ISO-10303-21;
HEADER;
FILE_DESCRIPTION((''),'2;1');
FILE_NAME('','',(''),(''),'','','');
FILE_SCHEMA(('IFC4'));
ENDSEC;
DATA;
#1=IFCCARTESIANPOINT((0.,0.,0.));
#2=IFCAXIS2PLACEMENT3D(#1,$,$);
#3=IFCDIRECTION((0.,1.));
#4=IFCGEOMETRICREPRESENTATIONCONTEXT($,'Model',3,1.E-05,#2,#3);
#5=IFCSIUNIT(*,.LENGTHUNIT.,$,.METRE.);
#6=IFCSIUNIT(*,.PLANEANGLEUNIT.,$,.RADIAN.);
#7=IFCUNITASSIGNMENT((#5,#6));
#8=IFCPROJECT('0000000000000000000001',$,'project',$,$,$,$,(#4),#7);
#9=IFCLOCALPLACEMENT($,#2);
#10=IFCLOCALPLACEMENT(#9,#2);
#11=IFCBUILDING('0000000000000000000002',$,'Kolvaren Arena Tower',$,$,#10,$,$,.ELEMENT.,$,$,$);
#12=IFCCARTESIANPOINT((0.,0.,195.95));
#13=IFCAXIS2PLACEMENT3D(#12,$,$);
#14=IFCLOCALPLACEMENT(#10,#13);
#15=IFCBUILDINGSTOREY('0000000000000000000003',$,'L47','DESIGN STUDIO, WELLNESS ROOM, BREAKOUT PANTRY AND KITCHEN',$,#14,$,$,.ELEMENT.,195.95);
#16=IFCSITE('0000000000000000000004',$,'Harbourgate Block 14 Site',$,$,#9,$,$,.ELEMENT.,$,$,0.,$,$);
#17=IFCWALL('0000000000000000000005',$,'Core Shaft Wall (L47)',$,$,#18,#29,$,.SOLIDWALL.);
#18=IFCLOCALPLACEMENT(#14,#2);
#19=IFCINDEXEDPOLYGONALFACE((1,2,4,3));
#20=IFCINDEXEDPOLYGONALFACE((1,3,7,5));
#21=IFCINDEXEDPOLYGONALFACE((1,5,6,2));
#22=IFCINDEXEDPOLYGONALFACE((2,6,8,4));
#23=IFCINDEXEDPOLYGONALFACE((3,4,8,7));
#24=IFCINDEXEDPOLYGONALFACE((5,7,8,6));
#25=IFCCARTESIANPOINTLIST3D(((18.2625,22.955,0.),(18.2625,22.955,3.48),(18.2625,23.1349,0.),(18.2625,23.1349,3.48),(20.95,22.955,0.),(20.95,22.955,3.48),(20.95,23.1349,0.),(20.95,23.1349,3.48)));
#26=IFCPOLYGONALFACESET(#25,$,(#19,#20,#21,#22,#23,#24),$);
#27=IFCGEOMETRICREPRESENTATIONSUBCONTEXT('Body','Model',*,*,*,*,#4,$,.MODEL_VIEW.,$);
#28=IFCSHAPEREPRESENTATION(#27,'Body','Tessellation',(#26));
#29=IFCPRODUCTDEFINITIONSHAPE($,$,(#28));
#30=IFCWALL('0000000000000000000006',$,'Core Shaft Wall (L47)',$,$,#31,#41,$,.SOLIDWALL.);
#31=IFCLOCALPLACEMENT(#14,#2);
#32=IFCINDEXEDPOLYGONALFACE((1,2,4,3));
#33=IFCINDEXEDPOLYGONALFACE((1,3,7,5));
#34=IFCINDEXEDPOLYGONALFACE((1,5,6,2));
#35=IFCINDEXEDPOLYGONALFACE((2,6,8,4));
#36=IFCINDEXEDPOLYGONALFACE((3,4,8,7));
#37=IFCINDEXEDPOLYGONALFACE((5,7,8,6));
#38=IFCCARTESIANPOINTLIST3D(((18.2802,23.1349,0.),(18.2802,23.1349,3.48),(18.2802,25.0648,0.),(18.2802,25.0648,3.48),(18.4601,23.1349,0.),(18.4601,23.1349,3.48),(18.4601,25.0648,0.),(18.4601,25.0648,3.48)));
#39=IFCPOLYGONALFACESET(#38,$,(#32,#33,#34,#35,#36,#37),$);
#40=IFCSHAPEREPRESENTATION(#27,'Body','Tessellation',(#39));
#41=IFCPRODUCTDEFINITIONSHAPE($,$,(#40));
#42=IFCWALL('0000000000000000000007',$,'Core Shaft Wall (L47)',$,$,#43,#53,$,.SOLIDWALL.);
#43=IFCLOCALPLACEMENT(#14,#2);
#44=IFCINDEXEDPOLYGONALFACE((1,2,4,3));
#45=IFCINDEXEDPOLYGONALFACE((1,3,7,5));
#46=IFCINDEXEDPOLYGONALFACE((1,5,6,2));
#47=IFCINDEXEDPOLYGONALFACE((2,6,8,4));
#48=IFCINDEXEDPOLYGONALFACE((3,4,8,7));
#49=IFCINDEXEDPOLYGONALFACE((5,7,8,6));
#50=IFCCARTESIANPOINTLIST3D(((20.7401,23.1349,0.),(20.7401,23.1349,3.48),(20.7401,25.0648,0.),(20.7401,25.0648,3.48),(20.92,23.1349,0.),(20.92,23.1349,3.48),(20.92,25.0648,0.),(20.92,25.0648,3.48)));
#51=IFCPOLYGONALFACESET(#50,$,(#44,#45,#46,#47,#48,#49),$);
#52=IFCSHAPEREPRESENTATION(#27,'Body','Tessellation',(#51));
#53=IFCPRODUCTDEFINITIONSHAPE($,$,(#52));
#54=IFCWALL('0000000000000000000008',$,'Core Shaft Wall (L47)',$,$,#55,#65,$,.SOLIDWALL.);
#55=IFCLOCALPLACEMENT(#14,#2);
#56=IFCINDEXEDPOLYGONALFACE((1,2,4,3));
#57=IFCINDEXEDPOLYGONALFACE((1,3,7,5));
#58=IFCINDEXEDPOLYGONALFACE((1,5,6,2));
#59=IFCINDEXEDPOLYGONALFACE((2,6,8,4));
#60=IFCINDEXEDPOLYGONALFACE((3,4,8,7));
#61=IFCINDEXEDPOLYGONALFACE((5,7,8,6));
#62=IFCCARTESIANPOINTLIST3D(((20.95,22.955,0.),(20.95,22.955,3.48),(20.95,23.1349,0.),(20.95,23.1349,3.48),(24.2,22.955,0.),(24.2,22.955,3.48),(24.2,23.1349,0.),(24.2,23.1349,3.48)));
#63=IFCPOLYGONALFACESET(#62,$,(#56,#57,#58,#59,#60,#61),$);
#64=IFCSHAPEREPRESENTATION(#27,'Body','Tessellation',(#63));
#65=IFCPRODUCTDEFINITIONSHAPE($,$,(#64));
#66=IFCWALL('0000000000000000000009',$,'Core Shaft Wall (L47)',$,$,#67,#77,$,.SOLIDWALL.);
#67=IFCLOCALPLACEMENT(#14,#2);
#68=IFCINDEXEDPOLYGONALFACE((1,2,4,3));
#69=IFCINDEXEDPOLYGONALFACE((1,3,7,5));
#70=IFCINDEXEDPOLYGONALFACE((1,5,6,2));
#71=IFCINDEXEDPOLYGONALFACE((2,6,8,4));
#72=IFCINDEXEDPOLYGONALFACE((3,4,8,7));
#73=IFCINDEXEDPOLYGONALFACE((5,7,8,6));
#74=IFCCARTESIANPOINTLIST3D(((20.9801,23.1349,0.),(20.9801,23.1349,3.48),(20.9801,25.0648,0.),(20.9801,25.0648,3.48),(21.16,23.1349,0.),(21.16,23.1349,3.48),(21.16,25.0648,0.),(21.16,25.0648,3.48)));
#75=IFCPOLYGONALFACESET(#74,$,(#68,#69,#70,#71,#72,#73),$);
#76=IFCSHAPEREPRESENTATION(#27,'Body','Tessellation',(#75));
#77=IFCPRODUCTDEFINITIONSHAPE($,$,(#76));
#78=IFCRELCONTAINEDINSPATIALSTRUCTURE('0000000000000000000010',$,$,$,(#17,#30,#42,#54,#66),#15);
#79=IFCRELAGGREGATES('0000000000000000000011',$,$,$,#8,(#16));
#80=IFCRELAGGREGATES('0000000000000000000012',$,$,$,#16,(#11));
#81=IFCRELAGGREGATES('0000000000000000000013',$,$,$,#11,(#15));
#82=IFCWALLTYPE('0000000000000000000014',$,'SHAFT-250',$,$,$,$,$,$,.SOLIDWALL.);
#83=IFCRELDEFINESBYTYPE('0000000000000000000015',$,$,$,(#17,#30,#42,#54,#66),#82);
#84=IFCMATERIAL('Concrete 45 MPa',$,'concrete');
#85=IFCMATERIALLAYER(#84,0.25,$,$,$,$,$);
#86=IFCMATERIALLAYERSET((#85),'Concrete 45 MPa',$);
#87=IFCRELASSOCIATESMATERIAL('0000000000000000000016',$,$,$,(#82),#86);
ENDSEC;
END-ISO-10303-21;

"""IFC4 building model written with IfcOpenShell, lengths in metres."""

from ifc_helpers import new_model, si_unit, direction, frame, frame_2d, origin, place, context, subcontext, project, spatial, rectangle, extrude, material, layer, layer_set, type_object, element, save


model = new_model("IFC4")

# Units and contexts
model_context = context("Model", 3, precision=1e-05, world=origin(), true_north=direction((0.0, 1.0)))
body_context = subcontext(model_context, "Body", "Model", "MODEL_VIEW")
ifc_project = project(units=[si_unit("LENGTHUNIT", "METRE"), si_unit("PLANEANGLEUNIT", "RADIAN")], contexts=[model_context])

# Site, building, storey
site_placement = place(None, origin())
site = spatial("IfcSite", under=ifc_project, at=site_placement, Name="Harbourgate Block 14 Site", CompositionType="ELEMENT", RefElevation=0.0)
building_placement = place(site_placement, origin())
building = spatial("IfcBuilding", under=site, at=building_placement, Name="Kolvaren Arena Tower", CompositionType="ELEMENT")
storey_placement = place(building_placement, frame((0.0, 0.0, 195.95)))
storey = spatial("IfcBuildingStorey", under=building, at=storey_placement, Name="L47", Description="DESIGN STUDIO, WELLNESS ROOM, BREAKOUT PANTRY AND KITCHEN", CompositionType="ELEMENT", Elevation=195.95)

# Shared definitions
ifc_material_1 = material(Name="Concrete 45 MPa", Category="concrete")
ifc_layer_1 = layer(ifc_material_1, 0.25)
ifc_layer_set_1 = layer_set([ifc_layer_1], Name="Concrete 45 MPa")
wall_type_1 = type_object("IfcWallType", Name="SHAFT-250", PredefinedType="SOLIDWALL", material=ifc_layer_set_1)

# Walls
wall_1_placement = place(storey_placement, frame((18.2625, 23.0449, 0.0), z_axis=(0.0, 0.0, 1.0), x_axis=(1.0, 0.0, 0.0)))
element("IfcWall", 1, at=wall_1_placement, inside=storey, type_object=wall_type_1, Name="Core Shaft Wall (L47)", PredefinedType="SOLIDWALL", context=body_context, shape_type="SweptSolid", body=[
    extrude(rectangle(XDim=2.6875, YDim=0.1799, at=frame_2d((1.3438, 0.0))), origin(), (0.0, 0.0, 1.0), 3.48),
])
for number, where, z_axis, x_axis, name in (
    (2, (18.3701, 23.135, 0.0), (0.0, 0.0, 1.0), (0.0, 1.0, 0.0), "Core Shaft Wall (L47)"),
    (3, (20.8301, 23.135, 0.0), (0.0, 0.0, 1.0), (0.0, 1.0, 0.0), "Core Shaft Wall (L47)"),
):
    element("IfcWall", number, at=place(storey_placement, frame(where, z_axis=z_axis, x_axis=x_axis)), inside=storey, type_object=wall_type_1, Name=name, PredefinedType="SOLIDWALL", context=body_context, shape_type="SweptSolid", body=[
        extrude(rectangle(XDim=1.9299, YDim=0.1799, at=frame_2d((0.9648, 0.0))), origin(), (0.0, 0.0, 1.0), 3.48),
    ])
wall_2_placement = place(storey_placement, frame((20.95, 23.0449, 0.0), z_axis=(0.0, 0.0, 1.0), x_axis=(1.0, 0.0, 0.0)))
element("IfcWall", 4, at=wall_2_placement, inside=storey, type_object=wall_type_1, Name="Core Shaft Wall (L47)", PredefinedType="SOLIDWALL", context=body_context, shape_type="SweptSolid", body=[
    extrude(rectangle(XDim=3.25, YDim=0.1799, at=frame_2d((1.625, 0.0))), origin(), (0.0, 0.0, 1.0), 3.48),
])
wall_3_placement = place(storey_placement, frame((21.0701, 23.135, 0.0), z_axis=(0.0, 0.0, 1.0), x_axis=(0.0, 1.0, 0.0)))
element("IfcWall", 5, at=wall_3_placement, inside=storey, type_object=wall_type_1, Name="Core Shaft Wall (L47)", PredefinedType="SOLIDWALL", context=body_context, shape_type="SweptSolid", body=[
    extrude(rectangle(XDim=1.9299, YDim=0.1799, at=frame_2d((0.9648, 0.0))), origin(), (0.0, 0.0, 1.0), 3.48),
])

save(model, "model.ifc")
